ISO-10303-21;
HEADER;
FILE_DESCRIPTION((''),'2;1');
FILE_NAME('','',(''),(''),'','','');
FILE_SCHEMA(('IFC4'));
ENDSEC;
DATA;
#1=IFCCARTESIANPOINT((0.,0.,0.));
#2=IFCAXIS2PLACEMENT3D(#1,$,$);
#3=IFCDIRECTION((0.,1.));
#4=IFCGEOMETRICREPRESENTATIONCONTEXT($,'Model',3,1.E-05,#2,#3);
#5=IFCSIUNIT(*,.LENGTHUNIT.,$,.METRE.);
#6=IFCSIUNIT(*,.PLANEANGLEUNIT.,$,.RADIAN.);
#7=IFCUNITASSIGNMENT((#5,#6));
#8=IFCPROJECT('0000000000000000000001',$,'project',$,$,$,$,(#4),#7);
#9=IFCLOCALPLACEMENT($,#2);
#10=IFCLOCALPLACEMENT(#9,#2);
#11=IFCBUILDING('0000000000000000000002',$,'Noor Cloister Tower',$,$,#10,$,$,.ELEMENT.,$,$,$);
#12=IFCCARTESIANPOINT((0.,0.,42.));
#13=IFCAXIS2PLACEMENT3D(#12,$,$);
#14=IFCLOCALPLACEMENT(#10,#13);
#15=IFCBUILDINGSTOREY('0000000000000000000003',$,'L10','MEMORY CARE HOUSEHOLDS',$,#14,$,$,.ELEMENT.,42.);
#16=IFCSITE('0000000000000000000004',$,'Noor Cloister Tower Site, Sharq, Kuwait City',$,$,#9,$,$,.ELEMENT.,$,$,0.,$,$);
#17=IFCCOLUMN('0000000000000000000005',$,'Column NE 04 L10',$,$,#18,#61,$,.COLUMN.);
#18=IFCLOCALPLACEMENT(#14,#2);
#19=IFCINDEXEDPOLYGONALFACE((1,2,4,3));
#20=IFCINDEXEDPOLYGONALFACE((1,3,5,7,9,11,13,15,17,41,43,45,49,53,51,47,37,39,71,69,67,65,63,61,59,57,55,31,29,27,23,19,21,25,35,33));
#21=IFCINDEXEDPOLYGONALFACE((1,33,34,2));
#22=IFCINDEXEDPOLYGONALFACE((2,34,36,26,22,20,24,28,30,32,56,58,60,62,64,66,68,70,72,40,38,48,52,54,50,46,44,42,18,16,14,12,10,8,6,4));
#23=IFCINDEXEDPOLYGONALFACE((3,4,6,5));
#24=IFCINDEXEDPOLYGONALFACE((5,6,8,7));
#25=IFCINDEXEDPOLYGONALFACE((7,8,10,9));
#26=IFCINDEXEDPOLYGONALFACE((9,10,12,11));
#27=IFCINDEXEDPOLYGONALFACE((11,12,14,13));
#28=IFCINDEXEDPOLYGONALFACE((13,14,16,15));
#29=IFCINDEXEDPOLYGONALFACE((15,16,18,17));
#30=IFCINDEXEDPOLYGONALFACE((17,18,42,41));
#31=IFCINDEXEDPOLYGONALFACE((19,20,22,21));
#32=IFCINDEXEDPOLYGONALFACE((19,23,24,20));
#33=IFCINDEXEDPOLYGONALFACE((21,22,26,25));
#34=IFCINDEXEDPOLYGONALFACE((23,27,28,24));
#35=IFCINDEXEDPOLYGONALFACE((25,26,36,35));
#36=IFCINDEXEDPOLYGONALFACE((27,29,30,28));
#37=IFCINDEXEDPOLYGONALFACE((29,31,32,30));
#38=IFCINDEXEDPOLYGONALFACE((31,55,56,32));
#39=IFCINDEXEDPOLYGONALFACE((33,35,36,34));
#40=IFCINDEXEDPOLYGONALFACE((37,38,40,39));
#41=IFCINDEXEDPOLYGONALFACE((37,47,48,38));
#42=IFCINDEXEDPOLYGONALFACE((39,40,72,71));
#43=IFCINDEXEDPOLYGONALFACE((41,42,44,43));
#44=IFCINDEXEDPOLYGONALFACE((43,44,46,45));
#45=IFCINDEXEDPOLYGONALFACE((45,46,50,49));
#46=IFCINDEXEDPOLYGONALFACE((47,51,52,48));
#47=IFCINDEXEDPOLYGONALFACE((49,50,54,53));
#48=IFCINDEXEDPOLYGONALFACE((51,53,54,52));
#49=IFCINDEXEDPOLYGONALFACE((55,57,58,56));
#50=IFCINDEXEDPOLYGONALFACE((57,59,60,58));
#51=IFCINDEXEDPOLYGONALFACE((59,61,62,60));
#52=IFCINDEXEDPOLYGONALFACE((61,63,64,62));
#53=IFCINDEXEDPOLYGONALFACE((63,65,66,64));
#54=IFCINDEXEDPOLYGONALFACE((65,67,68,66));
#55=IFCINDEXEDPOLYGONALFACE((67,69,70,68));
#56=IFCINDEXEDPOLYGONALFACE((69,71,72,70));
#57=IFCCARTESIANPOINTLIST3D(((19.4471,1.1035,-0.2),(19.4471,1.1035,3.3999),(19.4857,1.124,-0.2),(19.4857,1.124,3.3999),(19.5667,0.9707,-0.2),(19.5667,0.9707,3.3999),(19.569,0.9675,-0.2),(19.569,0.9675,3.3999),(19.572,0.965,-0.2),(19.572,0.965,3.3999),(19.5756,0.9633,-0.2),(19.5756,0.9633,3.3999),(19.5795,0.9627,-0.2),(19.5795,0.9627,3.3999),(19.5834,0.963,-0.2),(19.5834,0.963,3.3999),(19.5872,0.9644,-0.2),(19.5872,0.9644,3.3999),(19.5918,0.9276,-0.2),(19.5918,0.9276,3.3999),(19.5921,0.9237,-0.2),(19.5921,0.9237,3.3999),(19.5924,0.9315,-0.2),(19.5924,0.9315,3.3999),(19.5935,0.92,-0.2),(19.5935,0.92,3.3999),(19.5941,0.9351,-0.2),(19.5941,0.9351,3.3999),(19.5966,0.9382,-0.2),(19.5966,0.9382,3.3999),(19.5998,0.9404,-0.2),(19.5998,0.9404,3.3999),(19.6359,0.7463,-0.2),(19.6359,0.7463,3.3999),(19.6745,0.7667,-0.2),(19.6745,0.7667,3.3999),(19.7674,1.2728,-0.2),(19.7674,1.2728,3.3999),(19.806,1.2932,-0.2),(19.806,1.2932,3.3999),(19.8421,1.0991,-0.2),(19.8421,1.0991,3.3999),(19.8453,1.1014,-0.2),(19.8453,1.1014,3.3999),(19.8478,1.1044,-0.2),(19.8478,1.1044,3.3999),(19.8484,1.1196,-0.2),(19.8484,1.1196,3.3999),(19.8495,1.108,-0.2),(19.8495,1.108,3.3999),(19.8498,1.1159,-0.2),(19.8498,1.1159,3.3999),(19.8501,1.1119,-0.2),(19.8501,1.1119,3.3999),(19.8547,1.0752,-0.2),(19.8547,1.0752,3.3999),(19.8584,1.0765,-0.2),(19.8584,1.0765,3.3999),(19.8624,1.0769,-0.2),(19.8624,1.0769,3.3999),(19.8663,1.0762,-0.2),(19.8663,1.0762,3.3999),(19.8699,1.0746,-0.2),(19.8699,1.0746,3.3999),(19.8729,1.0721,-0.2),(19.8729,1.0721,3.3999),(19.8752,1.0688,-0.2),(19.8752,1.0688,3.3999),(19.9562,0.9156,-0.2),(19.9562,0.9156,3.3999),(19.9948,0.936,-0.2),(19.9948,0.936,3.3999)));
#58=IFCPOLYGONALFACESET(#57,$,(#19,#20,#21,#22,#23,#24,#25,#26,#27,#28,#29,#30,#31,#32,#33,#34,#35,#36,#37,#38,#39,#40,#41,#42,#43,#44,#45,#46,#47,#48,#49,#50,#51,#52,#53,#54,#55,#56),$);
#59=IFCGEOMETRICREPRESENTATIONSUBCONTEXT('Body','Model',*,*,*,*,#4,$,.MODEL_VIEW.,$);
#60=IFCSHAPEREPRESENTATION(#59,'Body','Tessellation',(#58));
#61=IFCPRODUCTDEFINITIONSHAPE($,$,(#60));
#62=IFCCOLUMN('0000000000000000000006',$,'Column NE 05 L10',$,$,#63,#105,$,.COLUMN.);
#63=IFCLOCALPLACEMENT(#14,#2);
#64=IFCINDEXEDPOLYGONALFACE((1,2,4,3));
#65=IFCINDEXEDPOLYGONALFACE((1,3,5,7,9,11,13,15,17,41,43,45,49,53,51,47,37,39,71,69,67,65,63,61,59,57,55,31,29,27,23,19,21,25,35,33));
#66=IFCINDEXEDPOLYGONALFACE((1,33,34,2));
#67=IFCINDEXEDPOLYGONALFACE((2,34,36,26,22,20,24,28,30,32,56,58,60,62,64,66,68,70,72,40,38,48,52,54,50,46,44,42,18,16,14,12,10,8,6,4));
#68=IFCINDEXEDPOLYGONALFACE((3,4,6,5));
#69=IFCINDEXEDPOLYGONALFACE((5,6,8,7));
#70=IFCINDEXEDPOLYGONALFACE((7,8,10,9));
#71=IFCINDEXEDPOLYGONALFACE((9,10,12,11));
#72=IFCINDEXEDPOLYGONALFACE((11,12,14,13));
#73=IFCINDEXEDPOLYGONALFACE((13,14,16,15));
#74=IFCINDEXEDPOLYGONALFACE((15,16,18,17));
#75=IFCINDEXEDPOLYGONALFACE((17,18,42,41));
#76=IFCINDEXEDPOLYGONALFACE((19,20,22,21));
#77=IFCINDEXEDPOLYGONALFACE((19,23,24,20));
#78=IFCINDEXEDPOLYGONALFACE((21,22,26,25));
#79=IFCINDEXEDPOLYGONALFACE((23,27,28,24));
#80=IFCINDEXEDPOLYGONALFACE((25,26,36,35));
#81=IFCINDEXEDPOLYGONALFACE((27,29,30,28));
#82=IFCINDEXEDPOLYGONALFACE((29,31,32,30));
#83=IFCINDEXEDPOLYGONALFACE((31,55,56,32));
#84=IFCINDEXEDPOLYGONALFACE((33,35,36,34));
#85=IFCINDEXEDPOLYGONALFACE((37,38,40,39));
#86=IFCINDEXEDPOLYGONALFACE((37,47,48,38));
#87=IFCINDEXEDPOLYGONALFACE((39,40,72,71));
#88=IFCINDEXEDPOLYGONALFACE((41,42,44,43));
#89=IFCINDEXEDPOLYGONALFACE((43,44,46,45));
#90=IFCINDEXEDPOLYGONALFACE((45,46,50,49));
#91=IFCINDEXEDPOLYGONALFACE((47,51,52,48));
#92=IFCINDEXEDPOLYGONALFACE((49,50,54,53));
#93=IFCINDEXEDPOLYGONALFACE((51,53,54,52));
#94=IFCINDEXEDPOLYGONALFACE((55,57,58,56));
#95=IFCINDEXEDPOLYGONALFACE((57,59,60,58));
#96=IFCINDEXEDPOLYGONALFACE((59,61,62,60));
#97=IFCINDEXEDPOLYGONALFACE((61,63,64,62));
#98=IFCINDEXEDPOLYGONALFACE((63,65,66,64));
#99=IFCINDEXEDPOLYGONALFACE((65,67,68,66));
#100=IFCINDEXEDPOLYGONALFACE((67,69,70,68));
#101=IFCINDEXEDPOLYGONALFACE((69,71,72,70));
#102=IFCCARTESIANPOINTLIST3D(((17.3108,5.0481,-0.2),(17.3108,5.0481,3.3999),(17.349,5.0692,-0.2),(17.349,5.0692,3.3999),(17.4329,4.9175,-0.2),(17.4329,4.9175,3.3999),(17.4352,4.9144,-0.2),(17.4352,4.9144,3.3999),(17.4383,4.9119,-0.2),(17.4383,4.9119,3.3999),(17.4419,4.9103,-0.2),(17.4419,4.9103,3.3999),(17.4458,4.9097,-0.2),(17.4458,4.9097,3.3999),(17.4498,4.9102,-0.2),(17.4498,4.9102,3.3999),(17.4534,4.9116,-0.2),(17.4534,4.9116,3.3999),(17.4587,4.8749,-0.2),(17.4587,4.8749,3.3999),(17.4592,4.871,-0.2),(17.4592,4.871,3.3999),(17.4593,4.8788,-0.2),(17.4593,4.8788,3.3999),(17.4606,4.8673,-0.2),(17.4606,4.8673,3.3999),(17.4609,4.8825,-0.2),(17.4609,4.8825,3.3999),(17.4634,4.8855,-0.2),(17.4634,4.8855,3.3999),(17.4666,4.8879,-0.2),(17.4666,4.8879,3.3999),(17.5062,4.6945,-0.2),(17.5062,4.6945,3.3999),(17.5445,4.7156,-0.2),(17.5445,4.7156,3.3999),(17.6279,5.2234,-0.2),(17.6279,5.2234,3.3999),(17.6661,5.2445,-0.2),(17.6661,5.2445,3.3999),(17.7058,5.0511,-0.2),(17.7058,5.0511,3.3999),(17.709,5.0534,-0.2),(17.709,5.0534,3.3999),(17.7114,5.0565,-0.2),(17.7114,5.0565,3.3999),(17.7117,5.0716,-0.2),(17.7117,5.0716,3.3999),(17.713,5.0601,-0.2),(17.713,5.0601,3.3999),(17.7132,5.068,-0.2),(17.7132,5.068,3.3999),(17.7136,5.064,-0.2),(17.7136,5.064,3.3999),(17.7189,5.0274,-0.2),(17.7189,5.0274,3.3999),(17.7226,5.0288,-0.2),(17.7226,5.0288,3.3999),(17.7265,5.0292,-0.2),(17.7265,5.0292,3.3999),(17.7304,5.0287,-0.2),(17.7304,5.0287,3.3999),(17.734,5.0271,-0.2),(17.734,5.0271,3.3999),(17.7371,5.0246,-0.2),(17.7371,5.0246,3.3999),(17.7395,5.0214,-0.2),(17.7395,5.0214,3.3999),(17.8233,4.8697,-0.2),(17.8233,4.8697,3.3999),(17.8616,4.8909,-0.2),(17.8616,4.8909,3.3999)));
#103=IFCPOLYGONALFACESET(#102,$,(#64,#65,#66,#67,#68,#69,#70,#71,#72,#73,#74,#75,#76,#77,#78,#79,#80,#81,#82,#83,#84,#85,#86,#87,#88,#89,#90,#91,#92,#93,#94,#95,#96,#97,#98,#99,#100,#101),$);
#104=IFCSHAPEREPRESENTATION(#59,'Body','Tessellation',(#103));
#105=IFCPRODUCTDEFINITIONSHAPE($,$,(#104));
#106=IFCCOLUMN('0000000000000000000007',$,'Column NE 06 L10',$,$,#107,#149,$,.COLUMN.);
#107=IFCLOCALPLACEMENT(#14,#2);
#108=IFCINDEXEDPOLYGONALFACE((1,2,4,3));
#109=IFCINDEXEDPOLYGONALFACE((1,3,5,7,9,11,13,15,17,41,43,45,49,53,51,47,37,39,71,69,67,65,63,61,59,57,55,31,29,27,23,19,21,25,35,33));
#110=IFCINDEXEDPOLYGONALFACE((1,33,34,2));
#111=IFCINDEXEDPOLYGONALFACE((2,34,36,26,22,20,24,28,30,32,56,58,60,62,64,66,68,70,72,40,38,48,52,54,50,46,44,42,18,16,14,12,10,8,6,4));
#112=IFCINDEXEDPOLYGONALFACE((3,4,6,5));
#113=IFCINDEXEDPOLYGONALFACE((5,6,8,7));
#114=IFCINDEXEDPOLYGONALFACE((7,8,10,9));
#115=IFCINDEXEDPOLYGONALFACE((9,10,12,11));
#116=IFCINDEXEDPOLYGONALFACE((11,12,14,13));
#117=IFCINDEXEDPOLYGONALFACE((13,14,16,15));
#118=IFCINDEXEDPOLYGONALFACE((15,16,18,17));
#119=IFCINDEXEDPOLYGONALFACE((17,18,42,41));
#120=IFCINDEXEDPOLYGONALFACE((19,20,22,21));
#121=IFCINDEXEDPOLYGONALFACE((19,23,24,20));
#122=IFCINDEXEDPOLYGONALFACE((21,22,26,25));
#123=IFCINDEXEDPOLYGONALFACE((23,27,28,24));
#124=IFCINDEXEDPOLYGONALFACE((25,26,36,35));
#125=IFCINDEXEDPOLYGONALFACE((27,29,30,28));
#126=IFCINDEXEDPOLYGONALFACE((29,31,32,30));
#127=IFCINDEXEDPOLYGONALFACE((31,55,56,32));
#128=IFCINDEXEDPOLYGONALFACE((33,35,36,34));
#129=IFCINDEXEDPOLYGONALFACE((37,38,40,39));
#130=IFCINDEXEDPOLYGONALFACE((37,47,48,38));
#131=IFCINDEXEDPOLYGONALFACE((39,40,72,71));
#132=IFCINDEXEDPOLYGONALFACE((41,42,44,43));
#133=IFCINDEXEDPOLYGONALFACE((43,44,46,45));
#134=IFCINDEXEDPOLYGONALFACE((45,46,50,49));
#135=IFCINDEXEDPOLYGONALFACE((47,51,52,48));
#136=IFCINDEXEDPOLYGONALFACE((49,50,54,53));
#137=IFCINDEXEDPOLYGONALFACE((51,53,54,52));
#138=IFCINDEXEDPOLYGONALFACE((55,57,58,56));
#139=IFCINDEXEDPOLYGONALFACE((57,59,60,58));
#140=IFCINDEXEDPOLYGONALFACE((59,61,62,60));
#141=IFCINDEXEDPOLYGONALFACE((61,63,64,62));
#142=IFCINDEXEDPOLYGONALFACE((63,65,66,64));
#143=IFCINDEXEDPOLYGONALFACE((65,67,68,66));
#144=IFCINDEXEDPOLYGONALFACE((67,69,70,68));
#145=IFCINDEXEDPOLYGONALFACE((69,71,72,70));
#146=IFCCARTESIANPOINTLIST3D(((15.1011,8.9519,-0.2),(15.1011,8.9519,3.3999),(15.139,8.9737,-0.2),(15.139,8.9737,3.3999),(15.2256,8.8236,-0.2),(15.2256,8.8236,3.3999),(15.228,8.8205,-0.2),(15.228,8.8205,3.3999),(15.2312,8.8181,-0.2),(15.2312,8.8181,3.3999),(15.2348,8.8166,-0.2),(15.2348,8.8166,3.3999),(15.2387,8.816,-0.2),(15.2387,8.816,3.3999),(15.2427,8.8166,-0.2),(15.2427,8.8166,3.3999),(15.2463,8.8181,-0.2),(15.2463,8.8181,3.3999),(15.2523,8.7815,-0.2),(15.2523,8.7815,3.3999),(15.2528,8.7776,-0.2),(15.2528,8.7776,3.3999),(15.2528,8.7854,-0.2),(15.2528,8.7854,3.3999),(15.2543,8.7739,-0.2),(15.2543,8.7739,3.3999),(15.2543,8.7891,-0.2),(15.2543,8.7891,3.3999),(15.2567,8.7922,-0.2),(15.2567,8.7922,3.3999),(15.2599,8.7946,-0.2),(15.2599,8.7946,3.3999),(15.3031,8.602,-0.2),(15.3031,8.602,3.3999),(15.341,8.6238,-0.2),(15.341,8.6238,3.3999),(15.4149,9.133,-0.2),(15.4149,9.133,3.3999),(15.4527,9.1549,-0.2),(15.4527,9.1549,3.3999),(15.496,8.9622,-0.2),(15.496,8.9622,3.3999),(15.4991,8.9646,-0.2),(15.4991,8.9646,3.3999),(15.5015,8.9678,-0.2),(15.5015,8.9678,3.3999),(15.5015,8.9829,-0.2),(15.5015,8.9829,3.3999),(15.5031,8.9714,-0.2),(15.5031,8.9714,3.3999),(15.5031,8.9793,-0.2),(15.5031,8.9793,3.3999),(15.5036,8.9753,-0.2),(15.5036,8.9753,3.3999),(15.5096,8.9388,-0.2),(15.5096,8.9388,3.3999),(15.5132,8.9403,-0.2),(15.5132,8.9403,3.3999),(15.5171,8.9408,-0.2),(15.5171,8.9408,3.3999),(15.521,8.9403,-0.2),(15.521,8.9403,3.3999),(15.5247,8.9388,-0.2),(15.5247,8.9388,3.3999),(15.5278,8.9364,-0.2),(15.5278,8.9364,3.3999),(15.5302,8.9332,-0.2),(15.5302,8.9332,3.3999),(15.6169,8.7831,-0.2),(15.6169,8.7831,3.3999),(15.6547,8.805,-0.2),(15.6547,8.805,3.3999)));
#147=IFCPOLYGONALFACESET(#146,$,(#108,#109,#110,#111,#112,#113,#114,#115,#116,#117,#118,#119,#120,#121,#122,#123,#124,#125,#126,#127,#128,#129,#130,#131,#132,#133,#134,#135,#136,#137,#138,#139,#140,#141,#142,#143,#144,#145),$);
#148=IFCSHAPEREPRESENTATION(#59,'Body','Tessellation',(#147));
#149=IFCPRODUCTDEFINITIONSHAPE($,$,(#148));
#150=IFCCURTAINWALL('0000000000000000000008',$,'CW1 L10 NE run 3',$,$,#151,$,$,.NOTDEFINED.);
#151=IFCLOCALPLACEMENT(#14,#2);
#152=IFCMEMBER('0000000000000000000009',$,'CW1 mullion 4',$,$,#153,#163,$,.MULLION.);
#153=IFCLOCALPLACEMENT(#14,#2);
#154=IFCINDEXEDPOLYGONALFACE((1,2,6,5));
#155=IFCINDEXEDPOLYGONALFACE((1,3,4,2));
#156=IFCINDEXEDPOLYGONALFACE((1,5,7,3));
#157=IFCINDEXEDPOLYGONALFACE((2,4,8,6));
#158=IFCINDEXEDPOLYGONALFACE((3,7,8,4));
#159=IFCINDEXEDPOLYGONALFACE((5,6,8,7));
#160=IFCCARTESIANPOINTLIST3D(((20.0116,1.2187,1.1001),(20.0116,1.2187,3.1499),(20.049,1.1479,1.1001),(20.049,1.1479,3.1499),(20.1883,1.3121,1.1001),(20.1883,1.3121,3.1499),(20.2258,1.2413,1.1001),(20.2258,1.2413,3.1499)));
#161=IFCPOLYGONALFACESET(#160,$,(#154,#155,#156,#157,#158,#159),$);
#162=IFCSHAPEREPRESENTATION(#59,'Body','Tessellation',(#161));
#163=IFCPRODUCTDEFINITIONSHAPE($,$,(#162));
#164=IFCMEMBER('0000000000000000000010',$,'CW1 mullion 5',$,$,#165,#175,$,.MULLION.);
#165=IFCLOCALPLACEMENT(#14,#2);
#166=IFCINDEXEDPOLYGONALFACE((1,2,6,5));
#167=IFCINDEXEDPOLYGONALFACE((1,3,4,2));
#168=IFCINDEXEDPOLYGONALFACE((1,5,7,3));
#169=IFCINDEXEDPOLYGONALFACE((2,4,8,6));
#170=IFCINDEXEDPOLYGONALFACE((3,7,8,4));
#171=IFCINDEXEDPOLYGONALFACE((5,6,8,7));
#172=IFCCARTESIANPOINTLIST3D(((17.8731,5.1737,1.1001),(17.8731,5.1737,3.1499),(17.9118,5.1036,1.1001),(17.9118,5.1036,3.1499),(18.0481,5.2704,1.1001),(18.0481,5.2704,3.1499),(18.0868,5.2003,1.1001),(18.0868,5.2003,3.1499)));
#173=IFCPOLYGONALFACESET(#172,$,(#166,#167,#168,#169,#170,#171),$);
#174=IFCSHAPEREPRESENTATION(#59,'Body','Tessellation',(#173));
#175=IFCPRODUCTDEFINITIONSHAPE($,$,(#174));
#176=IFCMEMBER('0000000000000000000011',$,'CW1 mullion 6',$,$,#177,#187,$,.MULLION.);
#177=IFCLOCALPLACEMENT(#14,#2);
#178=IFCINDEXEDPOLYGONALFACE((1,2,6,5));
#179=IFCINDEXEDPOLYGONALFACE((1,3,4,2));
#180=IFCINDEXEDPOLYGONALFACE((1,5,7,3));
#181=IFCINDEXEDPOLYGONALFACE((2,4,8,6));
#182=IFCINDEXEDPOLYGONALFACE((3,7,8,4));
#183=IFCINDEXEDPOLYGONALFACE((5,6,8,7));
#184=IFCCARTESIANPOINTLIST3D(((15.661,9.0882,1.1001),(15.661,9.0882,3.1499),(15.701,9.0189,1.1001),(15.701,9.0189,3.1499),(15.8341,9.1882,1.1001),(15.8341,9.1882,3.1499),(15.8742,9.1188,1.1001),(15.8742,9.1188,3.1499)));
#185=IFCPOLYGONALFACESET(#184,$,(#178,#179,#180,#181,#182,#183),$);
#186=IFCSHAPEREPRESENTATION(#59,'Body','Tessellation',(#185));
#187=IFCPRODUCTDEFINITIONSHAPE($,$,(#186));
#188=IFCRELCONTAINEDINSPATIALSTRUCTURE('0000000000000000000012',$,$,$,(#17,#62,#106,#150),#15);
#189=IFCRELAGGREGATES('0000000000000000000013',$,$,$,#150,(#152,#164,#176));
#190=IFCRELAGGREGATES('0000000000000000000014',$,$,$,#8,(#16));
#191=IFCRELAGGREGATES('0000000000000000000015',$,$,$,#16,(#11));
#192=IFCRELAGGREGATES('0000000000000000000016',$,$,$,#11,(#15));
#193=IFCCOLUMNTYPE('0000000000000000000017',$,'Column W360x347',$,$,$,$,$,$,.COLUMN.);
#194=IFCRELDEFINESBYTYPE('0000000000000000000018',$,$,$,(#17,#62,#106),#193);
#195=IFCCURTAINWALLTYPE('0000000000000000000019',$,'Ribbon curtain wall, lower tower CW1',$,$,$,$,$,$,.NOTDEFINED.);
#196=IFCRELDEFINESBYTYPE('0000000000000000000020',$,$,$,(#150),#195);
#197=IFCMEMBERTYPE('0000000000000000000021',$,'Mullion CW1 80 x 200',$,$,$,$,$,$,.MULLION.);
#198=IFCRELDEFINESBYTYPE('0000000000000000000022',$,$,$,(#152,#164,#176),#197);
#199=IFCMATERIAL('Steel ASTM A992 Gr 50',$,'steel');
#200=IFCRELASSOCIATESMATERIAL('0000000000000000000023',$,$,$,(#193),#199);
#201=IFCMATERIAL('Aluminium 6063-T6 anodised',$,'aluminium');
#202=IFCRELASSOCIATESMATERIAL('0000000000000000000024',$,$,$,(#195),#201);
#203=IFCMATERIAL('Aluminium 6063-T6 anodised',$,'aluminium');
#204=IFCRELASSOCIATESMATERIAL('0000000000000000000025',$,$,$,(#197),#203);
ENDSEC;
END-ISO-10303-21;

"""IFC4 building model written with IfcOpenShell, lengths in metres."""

from ifc_helpers import new_model, si_unit, direction, frame, origin, origin_2d, place, context, subcontext, project, spatial, rectangle, i_section, extrude, material, material_profile, profile_set, type_object, element, aggregate, save


model = new_model("IFC4")

# Units and contexts
model_context = context("Model", 3, precision=1e-05, world=origin(), true_north=direction((0.0, 1.0)))
body_context = subcontext(model_context, "Body", "Model", "MODEL_VIEW")
ifc_project = project(units=[si_unit("LENGTHUNIT", "METRE"), si_unit("PLANEANGLEUNIT", "RADIAN")], contexts=[model_context])

# Site, building, storey
site_placement = place(None, origin())
site = spatial("IfcSite", under=ifc_project, at=site_placement, Name="Noor Cloister Tower Site, Sharq, Kuwait City", CompositionType="ELEMENT", RefElevation=0.0)
building_placement = place(site_placement, origin())
building = spatial("IfcBuilding", under=site, at=building_placement, Name="Noor Cloister Tower", CompositionType="ELEMENT")
storey_placement = place(building_placement, frame((0.0, 0.0, 42.0)))
storey = spatial("IfcBuildingStorey", under=building, at=storey_placement, Name="L10", Description="MEMORY CARE HOUSEHOLDS", CompositionType="ELEMENT", Elevation=42.0)

# Columns
ifc_material_1 = material(Name="Steel ASTM A992 Gr 50", Category="steel")
ifc_material_profile_1 = material_profile(ifc_material_1, i_section(OverallWidth=0.4041, OverallDepth=0.406, WebThickness=0.0271, FlangeThickness=0.0437, FilletRadius=0.0151, at=origin_2d()), Name="W360x347")
ifc_profile_set_1 = profile_set([ifc_material_profile_1], Name="Steel ASTM A992 Gr 50")
column_type = type_object("IfcColumnType", Name="Column W360x347", PredefinedType="COLUMN", material=ifc_profile_set_1)
for number, where, z_axis, x_axis, name in (
    (1, (19.7209, 1.0198, -0.2), (0.0, 0.0, 1.0), (-0.46722, 0.884141, 0.0), "Column NE 04 L10"),
    (2, (17.5862, 4.9695, -0.2), (0.0, 0.0, 1.0), (-0.483695, 0.875237, 0.0), "Column NE 05 L10"),
    (3, (15.3779, 8.8784, -0.2), (0.0, 0.0, 1.0), (-0.5, 0.866025, 0.0), "Column NE 06 L10"),
):
    element("IfcColumn", number, at=place(storey_placement, frame(where, z_axis=z_axis, x_axis=x_axis)), inside=storey, type_object=column_type, Name=name, PredefinedType="COLUMN", context=body_context, shape_type="SweptSolid", body=[
        extrude(i_section(OverallWidth=0.4041, OverallDepth=0.406, WebThickness=0.0271, FlangeThickness=0.0437, FilletRadius=0.0151, at=origin_2d()), origin(), (0.0, 0.0, 1.0), 3.5999),
    ])

# Curtain wall, members
ifc_material_2 = material(Name="Aluminium 6063-T6 anodised", Category="aluminium")
curtain_wall_type = type_object("IfcCurtainWallType", Name="Ribbon curtain wall, lower tower CW1", PredefinedType="NOTDEFINED", material=ifc_material_2)
curtain_wall_placement = place(storey_placement, origin())
curtain_wall = element("IfcCurtainWall", 4, at=curtain_wall_placement, inside=storey, type_object=curtain_wall_type, Name="CW1 L10 NE run 3", PredefinedType="NOTDEFINED")
ifc_material_3 = material(Name="Aluminium 6063-T6 anodised", Category="aluminium")
ifc_material_profile_2 = material_profile(ifc_material_3, rectangle(XDim=0.2, YDim=0.0801, at=origin_2d()), Name="200 x 80 mullion")
ifc_profile_set_2 = profile_set([ifc_material_profile_2], Name="Aluminium 6063-T6 anodised")
member_type = type_object("IfcMemberType", Name="Mullion CW1 80 x 200", PredefinedType="MULLION", material=ifc_profile_set_2)
member_1_placement = place(storey_placement, frame((20.1187, 1.23, 1.1001), z_axis=(0.0, 0.0, 1.0), x_axis=(-0.884141, -0.46722, 0.0)))
member_1 = element("IfcMember", 5, at=member_1_placement, type_object=member_type, Name="CW1 mullion 4", PredefinedType="MULLION", context=body_context, shape_type="SweptSolid", body=[
    extrude(rectangle(XDim=0.2, YDim=0.0801, at=origin_2d()), origin(), (0.0, 0.0, 1.0), 2.0498),
])
member_2_placement = place(storey_placement, frame((17.98, 5.187, 1.1001), z_axis=(0.0, 0.0, 1.0), x_axis=(-0.875237, -0.483695, 0.0)))
member_2 = element("IfcMember", 6, at=member_2_placement, type_object=member_type, Name="CW1 mullion 5", PredefinedType="MULLION", context=body_context, shape_type="SweptSolid", body=[
    extrude(rectangle(XDim=0.2, YDim=0.0801, at=origin_2d()), origin(), (0.0, 0.0, 1.0), 2.0498),
])
member_3_placement = place(storey_placement, frame((15.7676, 9.1035, 1.1001), z_axis=(0.0, 0.0, 1.0), x_axis=(-0.866025, -0.5, 0.0)))
member_3 = element("IfcMember", 7, at=member_3_placement, type_object=member_type, Name="CW1 mullion 6", PredefinedType="MULLION", context=body_context, shape_type="SweptSolid", body=[
    extrude(rectangle(XDim=0.2, YDim=0.0801, at=origin_2d()), origin(), (0.0, 0.0, 1.0), 2.0498),
])

aggregate(curtain_wall, [member_1, member_2, member_3])

save(model, "model.ifc")
